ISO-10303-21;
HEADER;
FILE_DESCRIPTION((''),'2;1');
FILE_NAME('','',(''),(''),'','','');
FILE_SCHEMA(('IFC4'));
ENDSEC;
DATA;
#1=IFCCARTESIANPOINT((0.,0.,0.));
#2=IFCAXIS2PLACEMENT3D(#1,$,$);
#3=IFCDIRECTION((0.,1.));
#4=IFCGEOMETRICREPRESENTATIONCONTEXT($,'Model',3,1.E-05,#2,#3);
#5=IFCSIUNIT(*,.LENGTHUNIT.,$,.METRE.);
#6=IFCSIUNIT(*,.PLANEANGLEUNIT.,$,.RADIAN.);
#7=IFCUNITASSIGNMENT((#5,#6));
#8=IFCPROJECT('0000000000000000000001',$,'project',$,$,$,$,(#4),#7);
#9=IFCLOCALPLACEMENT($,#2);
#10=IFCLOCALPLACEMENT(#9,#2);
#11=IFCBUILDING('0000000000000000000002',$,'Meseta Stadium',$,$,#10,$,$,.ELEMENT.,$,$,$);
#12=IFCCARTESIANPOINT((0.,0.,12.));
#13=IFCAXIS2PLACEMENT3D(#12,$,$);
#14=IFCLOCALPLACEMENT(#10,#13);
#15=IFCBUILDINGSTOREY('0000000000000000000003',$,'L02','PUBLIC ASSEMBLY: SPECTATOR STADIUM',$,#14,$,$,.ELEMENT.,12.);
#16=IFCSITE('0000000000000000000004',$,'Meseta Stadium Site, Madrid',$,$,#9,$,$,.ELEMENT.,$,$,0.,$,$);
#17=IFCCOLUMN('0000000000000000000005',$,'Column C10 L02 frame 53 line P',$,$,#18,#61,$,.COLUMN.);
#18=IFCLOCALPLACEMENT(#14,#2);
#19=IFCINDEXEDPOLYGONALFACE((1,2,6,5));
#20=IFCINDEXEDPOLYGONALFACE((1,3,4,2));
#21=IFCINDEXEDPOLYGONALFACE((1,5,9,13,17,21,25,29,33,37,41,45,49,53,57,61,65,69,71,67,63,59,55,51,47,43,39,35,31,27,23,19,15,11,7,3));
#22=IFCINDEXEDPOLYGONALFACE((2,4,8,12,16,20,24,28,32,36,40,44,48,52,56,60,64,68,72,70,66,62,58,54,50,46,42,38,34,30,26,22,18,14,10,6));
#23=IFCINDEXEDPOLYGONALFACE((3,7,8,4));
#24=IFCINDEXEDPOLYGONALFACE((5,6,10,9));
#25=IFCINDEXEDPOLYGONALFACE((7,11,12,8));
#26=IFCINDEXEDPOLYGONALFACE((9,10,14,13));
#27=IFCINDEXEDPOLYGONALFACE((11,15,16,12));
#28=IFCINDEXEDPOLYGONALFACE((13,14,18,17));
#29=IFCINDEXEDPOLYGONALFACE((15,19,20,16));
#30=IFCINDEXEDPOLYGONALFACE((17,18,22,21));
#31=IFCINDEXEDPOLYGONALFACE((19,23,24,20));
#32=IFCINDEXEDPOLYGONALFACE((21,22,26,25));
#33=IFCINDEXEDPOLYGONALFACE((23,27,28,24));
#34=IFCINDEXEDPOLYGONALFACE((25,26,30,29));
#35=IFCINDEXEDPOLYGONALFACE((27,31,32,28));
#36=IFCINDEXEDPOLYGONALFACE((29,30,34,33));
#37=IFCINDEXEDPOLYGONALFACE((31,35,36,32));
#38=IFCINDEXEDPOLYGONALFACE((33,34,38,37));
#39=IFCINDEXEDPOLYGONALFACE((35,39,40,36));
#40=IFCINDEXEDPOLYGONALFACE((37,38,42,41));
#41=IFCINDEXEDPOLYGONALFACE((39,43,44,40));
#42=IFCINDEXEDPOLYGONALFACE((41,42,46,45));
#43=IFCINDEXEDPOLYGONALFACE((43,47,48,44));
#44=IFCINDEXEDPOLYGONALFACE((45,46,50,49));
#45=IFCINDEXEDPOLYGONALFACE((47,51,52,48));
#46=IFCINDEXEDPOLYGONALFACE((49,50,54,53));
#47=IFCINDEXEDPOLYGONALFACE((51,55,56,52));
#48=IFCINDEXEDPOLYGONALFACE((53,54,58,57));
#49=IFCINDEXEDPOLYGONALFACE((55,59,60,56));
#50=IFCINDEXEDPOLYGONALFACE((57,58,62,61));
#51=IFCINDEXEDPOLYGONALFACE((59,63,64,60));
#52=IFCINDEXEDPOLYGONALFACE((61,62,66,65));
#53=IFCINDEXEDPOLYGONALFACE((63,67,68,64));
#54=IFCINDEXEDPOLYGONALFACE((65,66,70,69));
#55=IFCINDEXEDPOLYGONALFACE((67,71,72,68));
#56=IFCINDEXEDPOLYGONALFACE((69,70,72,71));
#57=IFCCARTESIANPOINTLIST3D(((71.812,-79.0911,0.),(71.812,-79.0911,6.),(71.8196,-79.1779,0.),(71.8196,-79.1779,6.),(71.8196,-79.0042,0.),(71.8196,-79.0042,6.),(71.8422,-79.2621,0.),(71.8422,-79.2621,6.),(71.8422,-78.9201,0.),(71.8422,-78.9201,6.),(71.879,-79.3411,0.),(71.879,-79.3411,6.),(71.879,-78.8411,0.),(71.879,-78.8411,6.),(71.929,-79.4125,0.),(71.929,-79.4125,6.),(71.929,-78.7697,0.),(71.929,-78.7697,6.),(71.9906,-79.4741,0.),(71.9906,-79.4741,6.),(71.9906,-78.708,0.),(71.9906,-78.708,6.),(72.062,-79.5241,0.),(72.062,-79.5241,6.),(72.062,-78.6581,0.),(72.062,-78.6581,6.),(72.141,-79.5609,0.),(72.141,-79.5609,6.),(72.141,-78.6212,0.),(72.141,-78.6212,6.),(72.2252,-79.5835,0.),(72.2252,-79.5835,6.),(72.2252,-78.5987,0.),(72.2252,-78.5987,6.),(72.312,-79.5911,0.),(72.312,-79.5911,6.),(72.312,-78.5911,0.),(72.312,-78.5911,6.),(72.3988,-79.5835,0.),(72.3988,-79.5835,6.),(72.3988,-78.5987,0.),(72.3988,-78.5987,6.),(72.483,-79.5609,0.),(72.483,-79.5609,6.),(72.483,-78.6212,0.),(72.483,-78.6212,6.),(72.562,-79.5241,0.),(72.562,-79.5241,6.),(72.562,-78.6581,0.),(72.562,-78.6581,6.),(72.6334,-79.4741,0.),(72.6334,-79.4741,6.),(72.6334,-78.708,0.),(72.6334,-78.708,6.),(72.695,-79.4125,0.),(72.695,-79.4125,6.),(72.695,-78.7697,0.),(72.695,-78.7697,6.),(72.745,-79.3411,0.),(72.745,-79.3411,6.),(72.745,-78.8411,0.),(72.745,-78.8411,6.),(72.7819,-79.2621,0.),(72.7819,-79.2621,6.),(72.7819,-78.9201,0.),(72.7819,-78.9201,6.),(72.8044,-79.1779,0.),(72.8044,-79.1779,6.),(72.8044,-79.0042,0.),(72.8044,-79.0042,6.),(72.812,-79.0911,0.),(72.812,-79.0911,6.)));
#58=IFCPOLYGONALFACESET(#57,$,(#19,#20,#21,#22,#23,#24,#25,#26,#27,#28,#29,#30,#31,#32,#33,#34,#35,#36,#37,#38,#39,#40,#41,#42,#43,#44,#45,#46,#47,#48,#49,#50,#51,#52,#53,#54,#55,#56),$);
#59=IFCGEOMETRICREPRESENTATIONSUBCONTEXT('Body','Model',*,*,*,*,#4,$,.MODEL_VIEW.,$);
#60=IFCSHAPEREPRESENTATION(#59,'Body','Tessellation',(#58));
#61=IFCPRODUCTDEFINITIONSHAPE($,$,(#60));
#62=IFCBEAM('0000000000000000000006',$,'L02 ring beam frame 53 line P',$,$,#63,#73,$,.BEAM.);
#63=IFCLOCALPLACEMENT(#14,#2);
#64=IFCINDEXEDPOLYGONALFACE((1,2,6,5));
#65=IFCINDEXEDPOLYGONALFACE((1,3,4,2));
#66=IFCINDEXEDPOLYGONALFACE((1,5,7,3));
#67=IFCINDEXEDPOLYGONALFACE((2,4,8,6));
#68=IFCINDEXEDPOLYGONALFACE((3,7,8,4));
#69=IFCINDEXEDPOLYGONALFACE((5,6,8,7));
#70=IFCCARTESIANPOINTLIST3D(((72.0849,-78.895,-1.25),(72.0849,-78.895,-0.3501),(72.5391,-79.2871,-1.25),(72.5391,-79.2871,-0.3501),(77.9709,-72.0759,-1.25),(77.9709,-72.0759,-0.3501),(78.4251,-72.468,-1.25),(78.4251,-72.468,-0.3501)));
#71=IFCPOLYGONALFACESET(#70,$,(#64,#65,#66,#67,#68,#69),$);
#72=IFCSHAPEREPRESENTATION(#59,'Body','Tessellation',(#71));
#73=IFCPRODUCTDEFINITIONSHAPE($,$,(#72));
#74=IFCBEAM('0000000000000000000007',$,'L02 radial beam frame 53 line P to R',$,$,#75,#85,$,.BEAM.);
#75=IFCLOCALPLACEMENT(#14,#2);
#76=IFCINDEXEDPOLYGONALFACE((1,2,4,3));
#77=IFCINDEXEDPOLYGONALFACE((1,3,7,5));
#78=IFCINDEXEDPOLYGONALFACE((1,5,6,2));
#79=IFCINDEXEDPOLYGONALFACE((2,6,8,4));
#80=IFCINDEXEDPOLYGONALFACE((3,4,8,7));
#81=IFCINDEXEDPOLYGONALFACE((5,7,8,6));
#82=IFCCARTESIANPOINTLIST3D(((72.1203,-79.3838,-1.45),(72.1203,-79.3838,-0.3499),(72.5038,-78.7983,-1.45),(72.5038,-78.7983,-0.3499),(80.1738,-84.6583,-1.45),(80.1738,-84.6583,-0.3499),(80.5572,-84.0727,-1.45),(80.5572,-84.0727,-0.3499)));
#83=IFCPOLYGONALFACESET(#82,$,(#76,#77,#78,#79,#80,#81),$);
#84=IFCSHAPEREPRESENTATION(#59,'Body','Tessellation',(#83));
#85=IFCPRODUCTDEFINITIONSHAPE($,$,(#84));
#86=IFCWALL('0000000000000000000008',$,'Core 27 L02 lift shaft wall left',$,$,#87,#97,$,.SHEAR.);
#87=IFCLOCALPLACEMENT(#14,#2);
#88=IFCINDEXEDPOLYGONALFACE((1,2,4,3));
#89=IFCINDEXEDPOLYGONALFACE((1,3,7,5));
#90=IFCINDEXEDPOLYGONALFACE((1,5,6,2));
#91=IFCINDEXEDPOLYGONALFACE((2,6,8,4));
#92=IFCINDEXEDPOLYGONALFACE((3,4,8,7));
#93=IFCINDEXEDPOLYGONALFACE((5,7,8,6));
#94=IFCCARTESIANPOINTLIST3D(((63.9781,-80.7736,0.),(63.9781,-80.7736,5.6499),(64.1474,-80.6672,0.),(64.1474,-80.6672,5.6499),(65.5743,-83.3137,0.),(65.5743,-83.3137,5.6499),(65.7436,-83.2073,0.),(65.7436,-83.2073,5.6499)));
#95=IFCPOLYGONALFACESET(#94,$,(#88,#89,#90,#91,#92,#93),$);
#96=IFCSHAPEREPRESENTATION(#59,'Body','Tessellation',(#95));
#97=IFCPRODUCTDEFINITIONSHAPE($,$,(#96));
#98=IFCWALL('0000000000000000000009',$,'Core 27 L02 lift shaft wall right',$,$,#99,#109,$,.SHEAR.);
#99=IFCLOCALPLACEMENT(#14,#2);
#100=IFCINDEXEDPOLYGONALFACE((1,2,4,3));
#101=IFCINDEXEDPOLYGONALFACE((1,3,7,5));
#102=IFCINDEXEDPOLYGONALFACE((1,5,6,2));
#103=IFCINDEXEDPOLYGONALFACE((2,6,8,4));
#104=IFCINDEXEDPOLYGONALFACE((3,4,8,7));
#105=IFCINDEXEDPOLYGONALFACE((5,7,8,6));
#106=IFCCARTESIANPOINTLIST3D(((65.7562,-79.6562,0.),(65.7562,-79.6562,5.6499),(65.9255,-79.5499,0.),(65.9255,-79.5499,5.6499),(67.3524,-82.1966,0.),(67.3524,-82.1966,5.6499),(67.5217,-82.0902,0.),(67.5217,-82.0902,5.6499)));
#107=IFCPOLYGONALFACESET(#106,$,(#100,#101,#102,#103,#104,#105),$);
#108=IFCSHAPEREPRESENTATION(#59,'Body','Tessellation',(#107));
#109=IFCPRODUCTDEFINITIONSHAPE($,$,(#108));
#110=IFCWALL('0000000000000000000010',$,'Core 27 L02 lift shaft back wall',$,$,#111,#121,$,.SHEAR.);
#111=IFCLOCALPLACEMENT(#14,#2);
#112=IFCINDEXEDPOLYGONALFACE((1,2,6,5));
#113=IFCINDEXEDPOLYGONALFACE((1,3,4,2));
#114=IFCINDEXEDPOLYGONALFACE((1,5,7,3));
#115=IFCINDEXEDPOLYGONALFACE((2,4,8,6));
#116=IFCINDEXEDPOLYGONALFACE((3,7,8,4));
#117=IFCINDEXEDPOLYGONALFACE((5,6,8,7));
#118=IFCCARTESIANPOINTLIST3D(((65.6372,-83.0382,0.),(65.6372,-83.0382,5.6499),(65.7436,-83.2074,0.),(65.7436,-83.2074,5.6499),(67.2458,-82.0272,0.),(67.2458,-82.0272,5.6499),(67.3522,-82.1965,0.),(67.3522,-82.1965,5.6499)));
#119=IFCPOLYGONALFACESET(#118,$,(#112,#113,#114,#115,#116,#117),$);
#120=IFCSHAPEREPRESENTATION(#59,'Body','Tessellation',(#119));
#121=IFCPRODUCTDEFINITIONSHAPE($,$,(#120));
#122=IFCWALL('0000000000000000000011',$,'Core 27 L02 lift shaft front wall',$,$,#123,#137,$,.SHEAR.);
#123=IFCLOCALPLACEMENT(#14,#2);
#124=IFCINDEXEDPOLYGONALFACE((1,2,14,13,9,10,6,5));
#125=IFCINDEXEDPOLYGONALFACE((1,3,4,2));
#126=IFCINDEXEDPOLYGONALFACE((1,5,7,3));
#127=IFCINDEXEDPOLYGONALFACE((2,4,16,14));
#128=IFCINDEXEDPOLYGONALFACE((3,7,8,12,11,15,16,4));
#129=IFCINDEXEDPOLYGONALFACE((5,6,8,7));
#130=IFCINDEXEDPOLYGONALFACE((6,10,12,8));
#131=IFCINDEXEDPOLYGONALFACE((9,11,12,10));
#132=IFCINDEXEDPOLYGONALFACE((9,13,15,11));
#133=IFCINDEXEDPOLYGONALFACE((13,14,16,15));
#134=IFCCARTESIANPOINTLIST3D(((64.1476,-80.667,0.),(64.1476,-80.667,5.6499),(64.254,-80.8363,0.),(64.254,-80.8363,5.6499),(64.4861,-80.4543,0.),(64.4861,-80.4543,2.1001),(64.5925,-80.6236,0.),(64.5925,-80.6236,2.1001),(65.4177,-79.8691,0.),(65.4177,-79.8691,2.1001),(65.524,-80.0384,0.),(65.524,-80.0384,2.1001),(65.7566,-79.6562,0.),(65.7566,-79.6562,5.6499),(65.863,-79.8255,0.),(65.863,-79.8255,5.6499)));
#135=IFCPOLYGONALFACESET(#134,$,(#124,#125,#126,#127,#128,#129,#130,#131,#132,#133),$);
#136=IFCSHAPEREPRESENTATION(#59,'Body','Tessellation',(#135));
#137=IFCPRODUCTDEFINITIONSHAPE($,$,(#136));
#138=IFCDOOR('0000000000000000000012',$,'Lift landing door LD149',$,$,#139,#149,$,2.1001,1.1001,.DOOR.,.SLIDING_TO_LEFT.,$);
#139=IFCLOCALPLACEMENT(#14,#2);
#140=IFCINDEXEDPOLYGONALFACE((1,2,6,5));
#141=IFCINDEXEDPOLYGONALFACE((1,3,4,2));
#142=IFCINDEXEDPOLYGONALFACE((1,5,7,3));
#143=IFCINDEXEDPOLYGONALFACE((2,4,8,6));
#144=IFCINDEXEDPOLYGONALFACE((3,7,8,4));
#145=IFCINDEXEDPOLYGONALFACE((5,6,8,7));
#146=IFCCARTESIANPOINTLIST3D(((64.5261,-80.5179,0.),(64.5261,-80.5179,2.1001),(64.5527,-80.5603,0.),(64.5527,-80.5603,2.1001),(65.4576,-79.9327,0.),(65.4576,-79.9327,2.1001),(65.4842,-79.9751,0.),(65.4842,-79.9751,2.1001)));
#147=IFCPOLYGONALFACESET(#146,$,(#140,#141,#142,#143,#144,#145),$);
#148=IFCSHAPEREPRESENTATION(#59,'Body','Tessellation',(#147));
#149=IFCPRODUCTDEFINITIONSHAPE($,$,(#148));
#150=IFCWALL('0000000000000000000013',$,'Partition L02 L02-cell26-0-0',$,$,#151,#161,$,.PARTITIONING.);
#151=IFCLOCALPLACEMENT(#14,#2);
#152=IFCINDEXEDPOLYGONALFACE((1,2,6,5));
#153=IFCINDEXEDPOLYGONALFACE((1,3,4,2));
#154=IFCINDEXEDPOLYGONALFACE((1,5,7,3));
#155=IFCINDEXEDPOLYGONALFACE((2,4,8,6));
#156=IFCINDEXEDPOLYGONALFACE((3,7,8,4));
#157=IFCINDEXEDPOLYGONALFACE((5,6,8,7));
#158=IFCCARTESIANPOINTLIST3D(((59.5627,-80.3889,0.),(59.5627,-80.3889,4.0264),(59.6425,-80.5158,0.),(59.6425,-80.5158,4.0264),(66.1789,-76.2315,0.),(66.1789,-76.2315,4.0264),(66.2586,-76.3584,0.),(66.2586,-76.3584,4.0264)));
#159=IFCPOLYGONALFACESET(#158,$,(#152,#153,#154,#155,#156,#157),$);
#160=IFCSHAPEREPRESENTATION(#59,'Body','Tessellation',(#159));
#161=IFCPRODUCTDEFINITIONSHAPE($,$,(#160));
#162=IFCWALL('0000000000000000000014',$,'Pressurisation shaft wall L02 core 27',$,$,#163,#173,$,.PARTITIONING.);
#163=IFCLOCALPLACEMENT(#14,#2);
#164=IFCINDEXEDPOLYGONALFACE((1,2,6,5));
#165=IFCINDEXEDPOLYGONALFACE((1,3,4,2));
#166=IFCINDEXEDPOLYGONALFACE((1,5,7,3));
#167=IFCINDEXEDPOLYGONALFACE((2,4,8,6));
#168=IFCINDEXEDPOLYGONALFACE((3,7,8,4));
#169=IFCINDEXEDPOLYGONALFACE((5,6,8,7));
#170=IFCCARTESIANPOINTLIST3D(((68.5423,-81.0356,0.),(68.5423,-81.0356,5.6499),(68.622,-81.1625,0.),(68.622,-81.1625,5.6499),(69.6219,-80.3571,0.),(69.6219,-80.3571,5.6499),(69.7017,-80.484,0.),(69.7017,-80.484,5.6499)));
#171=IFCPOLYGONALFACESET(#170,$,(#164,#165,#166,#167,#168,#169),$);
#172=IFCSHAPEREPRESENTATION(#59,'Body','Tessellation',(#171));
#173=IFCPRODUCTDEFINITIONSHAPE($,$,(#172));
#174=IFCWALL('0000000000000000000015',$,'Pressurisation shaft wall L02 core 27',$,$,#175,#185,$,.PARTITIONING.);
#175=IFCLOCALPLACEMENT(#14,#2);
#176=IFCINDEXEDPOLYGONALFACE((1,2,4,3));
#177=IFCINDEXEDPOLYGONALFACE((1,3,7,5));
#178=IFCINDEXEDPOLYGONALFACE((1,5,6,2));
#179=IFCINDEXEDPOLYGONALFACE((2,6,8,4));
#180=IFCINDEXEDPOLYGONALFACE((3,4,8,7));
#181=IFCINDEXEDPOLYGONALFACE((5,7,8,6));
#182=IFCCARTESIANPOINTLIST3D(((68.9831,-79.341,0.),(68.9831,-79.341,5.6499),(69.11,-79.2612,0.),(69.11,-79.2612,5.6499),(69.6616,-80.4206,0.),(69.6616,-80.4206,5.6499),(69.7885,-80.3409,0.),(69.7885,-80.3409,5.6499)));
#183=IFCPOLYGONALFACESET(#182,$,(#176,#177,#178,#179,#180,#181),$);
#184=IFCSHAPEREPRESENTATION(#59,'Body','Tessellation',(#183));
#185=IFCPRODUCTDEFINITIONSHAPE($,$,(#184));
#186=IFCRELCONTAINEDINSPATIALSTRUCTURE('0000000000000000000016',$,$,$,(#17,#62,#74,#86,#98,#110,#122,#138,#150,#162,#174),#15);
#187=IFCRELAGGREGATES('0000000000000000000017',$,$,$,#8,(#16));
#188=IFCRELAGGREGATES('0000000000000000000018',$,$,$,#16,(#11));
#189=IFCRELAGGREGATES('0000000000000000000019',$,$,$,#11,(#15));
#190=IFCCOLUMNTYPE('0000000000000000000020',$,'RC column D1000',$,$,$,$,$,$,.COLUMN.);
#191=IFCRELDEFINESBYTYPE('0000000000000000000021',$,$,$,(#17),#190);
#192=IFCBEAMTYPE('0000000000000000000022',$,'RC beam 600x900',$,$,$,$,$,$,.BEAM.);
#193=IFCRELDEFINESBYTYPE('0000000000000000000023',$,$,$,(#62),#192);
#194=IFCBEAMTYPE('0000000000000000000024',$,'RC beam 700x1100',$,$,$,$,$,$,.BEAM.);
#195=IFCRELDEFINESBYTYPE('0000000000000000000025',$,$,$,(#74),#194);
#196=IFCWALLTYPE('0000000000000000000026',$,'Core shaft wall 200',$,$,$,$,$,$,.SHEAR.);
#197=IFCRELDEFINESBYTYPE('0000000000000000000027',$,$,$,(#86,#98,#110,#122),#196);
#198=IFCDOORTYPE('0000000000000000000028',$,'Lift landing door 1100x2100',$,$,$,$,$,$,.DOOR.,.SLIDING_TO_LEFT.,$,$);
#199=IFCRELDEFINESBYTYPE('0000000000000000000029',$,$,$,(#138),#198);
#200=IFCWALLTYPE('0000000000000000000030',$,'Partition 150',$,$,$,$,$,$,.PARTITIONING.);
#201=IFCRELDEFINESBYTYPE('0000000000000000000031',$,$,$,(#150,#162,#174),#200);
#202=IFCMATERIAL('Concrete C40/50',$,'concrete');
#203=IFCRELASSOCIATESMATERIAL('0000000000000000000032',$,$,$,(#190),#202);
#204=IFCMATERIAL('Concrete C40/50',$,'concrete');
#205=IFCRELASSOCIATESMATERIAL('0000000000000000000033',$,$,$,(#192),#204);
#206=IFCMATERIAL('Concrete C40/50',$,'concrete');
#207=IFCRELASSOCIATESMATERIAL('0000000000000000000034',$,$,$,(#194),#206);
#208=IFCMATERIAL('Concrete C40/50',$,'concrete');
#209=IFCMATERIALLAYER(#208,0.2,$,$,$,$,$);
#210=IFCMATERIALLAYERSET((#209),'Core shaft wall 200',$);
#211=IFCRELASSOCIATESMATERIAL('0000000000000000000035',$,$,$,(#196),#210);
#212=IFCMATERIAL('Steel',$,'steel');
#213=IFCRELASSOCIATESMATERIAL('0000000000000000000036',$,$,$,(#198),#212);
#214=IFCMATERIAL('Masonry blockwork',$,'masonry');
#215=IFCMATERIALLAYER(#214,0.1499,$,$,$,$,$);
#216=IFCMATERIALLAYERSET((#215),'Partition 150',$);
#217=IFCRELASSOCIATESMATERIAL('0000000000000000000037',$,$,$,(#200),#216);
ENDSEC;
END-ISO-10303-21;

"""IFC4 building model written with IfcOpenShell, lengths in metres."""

from ifc_helpers import new_model, si_unit, direction, frame, frame_2d, origin, origin_2d, place, context, subcontext, project, spatial, rectangle, circle, extrude, material, layer, layer_set, material_profile, profile_set, type_object, element, fill, save


model = new_model("IFC4")

# Units and contexts
model_context = context("Model", 3, precision=1e-05, world=origin(), true_north=direction((0.0, 1.0)))
body_context = subcontext(model_context, "Body", "Model", "MODEL_VIEW")
ifc_project = project(units=[si_unit("LENGTHUNIT", "METRE"), si_unit("PLANEANGLEUNIT", "RADIAN")], contexts=[model_context])

# Site, building, storey
site_placement = place(None, origin())
site = spatial("IfcSite", under=ifc_project, at=site_placement, Name="Meseta Stadium Site, Madrid", CompositionType="ELEMENT", RefElevation=0.0)
building_placement = place(site_placement, origin())
building = spatial("IfcBuilding", under=site, at=building_placement, Name="Meseta Stadium", CompositionType="ELEMENT")
storey_placement = place(building_placement, frame((0.0, 0.0, 12.0)))
storey = spatial("IfcBuildingStorey", under=building, at=storey_placement, Name="L02", Description="PUBLIC ASSEMBLY: SPECTATOR STADIUM", CompositionType="ELEMENT", Elevation=12.0)

# Column
ifc_material_1 = material(Name="Concrete C40/50", Category="concrete")
ifc_material_profile_1 = material_profile(ifc_material_1, circle(Radius=0.5, at=origin_2d()), Name="RC D1000")
ifc_profile_set_1 = profile_set([ifc_material_profile_1], Name="Concrete C40/50")
column_type = type_object("IfcColumnType", Name="RC column D1000", PredefinedType="COLUMN", material=ifc_profile_set_1)
column_placement = place(storey_placement, frame((72.312, -79.0911, 0.0), z_axis=(0.0, 0.0, 1.0), x_axis=(1.0, 0.0, 0.0)))
element("IfcColumn", 1, at=column_placement, inside=storey, type_object=column_type, Name="Column C10 L02 frame 53 line P", PredefinedType="COLUMN", context=body_context, shape_type="SweptSolid", body=[
    extrude(circle(Radius=0.5, at=origin_2d()), origin(), (0.0, 0.0, 1.0), 6.0),
])

# Beams
ifc_material_2 = material(Name="Concrete C40/50", Category="concrete")
ifc_material_profile_2 = material_profile(ifc_material_2, rectangle(XDim=0.6001, YDim=0.8999, at=origin_2d()), Name="RC 600x900")
ifc_profile_set_2 = profile_set([ifc_material_profile_2], Name="Concrete C40/50")
beam_type_1 = type_object("IfcBeamType", Name="RC beam 600x900", PredefinedType="BEAM", material=ifc_profile_set_2)
beam_1_placement = place(storey_placement, frame((72.312, -79.0911, -0.8), z_axis=(0.653415, 0.757, 0.0), x_axis=(-0.757, 0.653415, 0.0)))
element("IfcBeam", 2, at=beam_1_placement, inside=storey, type_object=beam_type_1, Name="L02 ring beam frame 53 line P", PredefinedType="BEAM", context=body_context, shape_type="SweptSolid", body=[
    extrude(rectangle(XDim=0.6001, YDim=0.8999, at=origin_2d()), origin(), (0.0, 0.0, 1.0), 9.0081),
])
ifc_material_3 = material(Name="Concrete C40/50", Category="concrete")
ifc_material_profile_3 = material_profile(ifc_material_3, rectangle(XDim=0.7, YDim=1.1001, at=origin_2d()), Name="RC 700x1100")
ifc_profile_set_3 = profile_set([ifc_material_profile_3], Name="Concrete C40/50")
beam_type_2 = type_object("IfcBeamType", Name="RC beam 700x1100", PredefinedType="BEAM", material=ifc_profile_set_3)
beam_2_placement = place(storey_placement, frame((72.312, -79.0911, -0.8999), z_axis=(0.836556, -0.547881, 0.0), x_axis=(0.547881, 0.836556, 0.0)))
element("IfcBeam", 3, at=beam_2_placement, inside=storey, type_object=beam_type_2, Name="L02 radial beam frame 53 line P to R", PredefinedType="BEAM", context=body_context, shape_type="SweptSolid", body=[
    extrude(rectangle(XDim=0.7, YDim=1.1001, at=origin_2d()), origin(), (0.0, 0.0, 1.0), 9.627),
])

# Walls
ifc_material_4 = material(Name="Concrete C40/50", Category="concrete")
ifc_layer_1 = layer(ifc_material_4, 0.2)
ifc_layer_set_1 = layer_set([ifc_layer_1], Name="Core shaft wall 200")
wall_type_1 = type_object("IfcWallType", Name="Core shaft wall 200", PredefinedType="SHEAR", material=ifc_layer_set_1)
wall_1_placement = place(storey_placement, frame((65.6589, -83.2605, 0.0), z_axis=(0.0, 0.0, 1.0), x_axis=(-0.532075, 0.846697, 0.0)))
element("IfcWall", 4, at=wall_1_placement, inside=storey, type_object=wall_type_1, Name="Core 27 L02 lift shaft wall left", PredefinedType="SHEAR", context=body_context, shape_type="SweptSolid", body=[
    extrude(rectangle(XDim=3.0, YDim=0.2, at=frame_2d((1.5, 0.0))), origin(), (0.0, 0.0, 1.0), 5.6499),
])
wall_2_placement = place(storey_placement, frame((67.437, -82.1433, 0.0), z_axis=(0.0, 0.0, 1.0), x_axis=(-0.532038, 0.84672, 0.0)))
element("IfcWall", 5, at=wall_2_placement, inside=storey, type_object=wall_type_1, Name="Core 27 L02 lift shaft wall right", PredefinedType="SHEAR", context=body_context, shape_type="SweptSolid", body=[
    extrude(rectangle(XDim=3.0002, YDim=0.2, at=frame_2d((1.5, 0.0))), origin(), (0.0, 0.0, 1.0), 5.6499),
])
wall_3_placement = place(storey_placement, frame((65.6904, -83.1228, 0.0), z_axis=(0.0, 0.0, 1.0), x_axis=(0.846675, 0.532111, 0.0)))
element("IfcWall", 6, at=wall_3_placement, inside=storey, type_object=wall_type_1, Name="Core 27 L02 lift shaft back wall", PredefinedType="SHEAR", context=body_context, shape_type="SweptSolid", body=[
    extrude(rectangle(XDim=1.8999, YDim=0.2, at=frame_2d((0.95, 0.0))), origin(), (0.0, 0.0, 1.0), 5.6499),
])

# Wall, opening, door
wall_4_placement = place(storey_placement, frame((64.2007, -80.7517, 0.0), z_axis=(0.0, 0.0, 1.0), x_axis=(0.846769, 0.531961, 0.0)))
wall_4 = element("IfcWall", 7, at=wall_4_placement, inside=storey, type_object=wall_type_1, Name="Core 27 L02 lift shaft front wall", PredefinedType="SHEAR", context=body_context, shape_type="SweptSolid", body=[
    extrude(rectangle(XDim=1.9001, YDim=0.2, at=frame_2d((0.9502, 0.0))), origin(), (0.0, 0.0, 1.0), 5.6499),
])
opening_1_placement = place(wall_4_placement, frame((0.3999, 0.0, 0.0)))
opening_1 = element("IfcOpeningElement", 8, at=opening_1_placement, cuts=wall_4, PredefinedType="OPENING", context=body_context, shape_type="SweptSolid", body=[
    extrude(rectangle(XDim=1.1001, YDim=2.1001, at=frame_2d((0.55, 1.05))), frame((0.0, 0.1099, 0.0), z_axis=(0.0, -1.0, 0.0), x_axis=(1.0, 0.0, 0.0)), (0.0, 0.0, 1.0), 0.22),
])
ifc_material_5 = material(Name="Steel", Category="steel")
door_type_1 = type_object("IfcDoorType", Name="Lift landing door 1100x2100", OperationType="SLIDING_TO_LEFT", PredefinedType="DOOR", material=ifc_material_5)
door_1_placement = place(opening_1_placement, origin())
door_1 = element("IfcDoor", 9, at=door_1_placement, inside=storey, type_object=door_type_1, Name="Lift landing door LD149", OperationType="SLIDING_TO_LEFT", OverallHeight=2.1001, OverallWidth=1.1001, PredefinedType="DOOR", context=body_context, shape_type="SweptSolid", body=[
    extrude(rectangle(XDim=1.1001, YDim=2.1001, at=frame_2d((0.55, 1.05))), frame((0.0, 0.0249, 0.0), z_axis=(0.0, -1.0, 0.0), x_axis=(1.0, 0.0, 0.0)), (0.0, 0.0, 1.0), 0.05),
])
fill(opening_1, door_1)

# Walls
ifc_material_6 = material(Name="Masonry blockwork", Category="masonry")
ifc_layer_2 = layer(ifc_material_6, 0.1499)
ifc_layer_set_2 = layer_set([ifc_layer_2], Name="Partition 150")
wall_type_2 = type_object("IfcWallType", Name="Partition 150", PredefinedType="PARTITIONING", material=ifc_layer_set_2)
wall_5_placement = place(storey_placement, frame((66.2188, -76.2949, 0.0), z_axis=(0.0, 0.0, 1.0), x_axis=(-0.846711, -0.532053, 0.0)))
element("IfcWall", 10, at=wall_5_placement, inside=storey, type_object=wall_type_2, Name="Partition L02 L02-cell26-0-0", PredefinedType="PARTITIONING", context=body_context, shape_type="SweptSolid", body=[
    extrude(rectangle(XDim=7.814, YDim=0.1499, at=frame_2d((3.907, 0.0))), origin(), (0.0, 0.0, 1.0), 4.0264),
])
for number, where, z_axis, x_axis, name in (
    (11, (68.582, -81.0991, 0.0), (0.0, 0.0, 1.0), (0.846683, 0.532097, 0.0), "Pressurisation shaft wall L02 core 27"),
    (12, (69.7251, -80.3809, 0.0), (0.0, 0.0, 1.0), (-0.532097, 0.846683, 0.0), "Pressurisation shaft wall L02 core 27"),
):
    element("IfcWall", number, at=place(storey_placement, frame(where, z_axis=z_axis, x_axis=x_axis)), inside=storey, type_object=wall_type_2, Name=name, PredefinedType="PARTITIONING", context=body_context, shape_type="SweptSolid", body=[
        extrude(rectangle(XDim=1.2751, YDim=0.1499, at=frame_2d((0.6377, 0.0))), origin(), (0.0, 0.0, 1.0), 5.6499),
    ])

save(model, "model.ifc")
